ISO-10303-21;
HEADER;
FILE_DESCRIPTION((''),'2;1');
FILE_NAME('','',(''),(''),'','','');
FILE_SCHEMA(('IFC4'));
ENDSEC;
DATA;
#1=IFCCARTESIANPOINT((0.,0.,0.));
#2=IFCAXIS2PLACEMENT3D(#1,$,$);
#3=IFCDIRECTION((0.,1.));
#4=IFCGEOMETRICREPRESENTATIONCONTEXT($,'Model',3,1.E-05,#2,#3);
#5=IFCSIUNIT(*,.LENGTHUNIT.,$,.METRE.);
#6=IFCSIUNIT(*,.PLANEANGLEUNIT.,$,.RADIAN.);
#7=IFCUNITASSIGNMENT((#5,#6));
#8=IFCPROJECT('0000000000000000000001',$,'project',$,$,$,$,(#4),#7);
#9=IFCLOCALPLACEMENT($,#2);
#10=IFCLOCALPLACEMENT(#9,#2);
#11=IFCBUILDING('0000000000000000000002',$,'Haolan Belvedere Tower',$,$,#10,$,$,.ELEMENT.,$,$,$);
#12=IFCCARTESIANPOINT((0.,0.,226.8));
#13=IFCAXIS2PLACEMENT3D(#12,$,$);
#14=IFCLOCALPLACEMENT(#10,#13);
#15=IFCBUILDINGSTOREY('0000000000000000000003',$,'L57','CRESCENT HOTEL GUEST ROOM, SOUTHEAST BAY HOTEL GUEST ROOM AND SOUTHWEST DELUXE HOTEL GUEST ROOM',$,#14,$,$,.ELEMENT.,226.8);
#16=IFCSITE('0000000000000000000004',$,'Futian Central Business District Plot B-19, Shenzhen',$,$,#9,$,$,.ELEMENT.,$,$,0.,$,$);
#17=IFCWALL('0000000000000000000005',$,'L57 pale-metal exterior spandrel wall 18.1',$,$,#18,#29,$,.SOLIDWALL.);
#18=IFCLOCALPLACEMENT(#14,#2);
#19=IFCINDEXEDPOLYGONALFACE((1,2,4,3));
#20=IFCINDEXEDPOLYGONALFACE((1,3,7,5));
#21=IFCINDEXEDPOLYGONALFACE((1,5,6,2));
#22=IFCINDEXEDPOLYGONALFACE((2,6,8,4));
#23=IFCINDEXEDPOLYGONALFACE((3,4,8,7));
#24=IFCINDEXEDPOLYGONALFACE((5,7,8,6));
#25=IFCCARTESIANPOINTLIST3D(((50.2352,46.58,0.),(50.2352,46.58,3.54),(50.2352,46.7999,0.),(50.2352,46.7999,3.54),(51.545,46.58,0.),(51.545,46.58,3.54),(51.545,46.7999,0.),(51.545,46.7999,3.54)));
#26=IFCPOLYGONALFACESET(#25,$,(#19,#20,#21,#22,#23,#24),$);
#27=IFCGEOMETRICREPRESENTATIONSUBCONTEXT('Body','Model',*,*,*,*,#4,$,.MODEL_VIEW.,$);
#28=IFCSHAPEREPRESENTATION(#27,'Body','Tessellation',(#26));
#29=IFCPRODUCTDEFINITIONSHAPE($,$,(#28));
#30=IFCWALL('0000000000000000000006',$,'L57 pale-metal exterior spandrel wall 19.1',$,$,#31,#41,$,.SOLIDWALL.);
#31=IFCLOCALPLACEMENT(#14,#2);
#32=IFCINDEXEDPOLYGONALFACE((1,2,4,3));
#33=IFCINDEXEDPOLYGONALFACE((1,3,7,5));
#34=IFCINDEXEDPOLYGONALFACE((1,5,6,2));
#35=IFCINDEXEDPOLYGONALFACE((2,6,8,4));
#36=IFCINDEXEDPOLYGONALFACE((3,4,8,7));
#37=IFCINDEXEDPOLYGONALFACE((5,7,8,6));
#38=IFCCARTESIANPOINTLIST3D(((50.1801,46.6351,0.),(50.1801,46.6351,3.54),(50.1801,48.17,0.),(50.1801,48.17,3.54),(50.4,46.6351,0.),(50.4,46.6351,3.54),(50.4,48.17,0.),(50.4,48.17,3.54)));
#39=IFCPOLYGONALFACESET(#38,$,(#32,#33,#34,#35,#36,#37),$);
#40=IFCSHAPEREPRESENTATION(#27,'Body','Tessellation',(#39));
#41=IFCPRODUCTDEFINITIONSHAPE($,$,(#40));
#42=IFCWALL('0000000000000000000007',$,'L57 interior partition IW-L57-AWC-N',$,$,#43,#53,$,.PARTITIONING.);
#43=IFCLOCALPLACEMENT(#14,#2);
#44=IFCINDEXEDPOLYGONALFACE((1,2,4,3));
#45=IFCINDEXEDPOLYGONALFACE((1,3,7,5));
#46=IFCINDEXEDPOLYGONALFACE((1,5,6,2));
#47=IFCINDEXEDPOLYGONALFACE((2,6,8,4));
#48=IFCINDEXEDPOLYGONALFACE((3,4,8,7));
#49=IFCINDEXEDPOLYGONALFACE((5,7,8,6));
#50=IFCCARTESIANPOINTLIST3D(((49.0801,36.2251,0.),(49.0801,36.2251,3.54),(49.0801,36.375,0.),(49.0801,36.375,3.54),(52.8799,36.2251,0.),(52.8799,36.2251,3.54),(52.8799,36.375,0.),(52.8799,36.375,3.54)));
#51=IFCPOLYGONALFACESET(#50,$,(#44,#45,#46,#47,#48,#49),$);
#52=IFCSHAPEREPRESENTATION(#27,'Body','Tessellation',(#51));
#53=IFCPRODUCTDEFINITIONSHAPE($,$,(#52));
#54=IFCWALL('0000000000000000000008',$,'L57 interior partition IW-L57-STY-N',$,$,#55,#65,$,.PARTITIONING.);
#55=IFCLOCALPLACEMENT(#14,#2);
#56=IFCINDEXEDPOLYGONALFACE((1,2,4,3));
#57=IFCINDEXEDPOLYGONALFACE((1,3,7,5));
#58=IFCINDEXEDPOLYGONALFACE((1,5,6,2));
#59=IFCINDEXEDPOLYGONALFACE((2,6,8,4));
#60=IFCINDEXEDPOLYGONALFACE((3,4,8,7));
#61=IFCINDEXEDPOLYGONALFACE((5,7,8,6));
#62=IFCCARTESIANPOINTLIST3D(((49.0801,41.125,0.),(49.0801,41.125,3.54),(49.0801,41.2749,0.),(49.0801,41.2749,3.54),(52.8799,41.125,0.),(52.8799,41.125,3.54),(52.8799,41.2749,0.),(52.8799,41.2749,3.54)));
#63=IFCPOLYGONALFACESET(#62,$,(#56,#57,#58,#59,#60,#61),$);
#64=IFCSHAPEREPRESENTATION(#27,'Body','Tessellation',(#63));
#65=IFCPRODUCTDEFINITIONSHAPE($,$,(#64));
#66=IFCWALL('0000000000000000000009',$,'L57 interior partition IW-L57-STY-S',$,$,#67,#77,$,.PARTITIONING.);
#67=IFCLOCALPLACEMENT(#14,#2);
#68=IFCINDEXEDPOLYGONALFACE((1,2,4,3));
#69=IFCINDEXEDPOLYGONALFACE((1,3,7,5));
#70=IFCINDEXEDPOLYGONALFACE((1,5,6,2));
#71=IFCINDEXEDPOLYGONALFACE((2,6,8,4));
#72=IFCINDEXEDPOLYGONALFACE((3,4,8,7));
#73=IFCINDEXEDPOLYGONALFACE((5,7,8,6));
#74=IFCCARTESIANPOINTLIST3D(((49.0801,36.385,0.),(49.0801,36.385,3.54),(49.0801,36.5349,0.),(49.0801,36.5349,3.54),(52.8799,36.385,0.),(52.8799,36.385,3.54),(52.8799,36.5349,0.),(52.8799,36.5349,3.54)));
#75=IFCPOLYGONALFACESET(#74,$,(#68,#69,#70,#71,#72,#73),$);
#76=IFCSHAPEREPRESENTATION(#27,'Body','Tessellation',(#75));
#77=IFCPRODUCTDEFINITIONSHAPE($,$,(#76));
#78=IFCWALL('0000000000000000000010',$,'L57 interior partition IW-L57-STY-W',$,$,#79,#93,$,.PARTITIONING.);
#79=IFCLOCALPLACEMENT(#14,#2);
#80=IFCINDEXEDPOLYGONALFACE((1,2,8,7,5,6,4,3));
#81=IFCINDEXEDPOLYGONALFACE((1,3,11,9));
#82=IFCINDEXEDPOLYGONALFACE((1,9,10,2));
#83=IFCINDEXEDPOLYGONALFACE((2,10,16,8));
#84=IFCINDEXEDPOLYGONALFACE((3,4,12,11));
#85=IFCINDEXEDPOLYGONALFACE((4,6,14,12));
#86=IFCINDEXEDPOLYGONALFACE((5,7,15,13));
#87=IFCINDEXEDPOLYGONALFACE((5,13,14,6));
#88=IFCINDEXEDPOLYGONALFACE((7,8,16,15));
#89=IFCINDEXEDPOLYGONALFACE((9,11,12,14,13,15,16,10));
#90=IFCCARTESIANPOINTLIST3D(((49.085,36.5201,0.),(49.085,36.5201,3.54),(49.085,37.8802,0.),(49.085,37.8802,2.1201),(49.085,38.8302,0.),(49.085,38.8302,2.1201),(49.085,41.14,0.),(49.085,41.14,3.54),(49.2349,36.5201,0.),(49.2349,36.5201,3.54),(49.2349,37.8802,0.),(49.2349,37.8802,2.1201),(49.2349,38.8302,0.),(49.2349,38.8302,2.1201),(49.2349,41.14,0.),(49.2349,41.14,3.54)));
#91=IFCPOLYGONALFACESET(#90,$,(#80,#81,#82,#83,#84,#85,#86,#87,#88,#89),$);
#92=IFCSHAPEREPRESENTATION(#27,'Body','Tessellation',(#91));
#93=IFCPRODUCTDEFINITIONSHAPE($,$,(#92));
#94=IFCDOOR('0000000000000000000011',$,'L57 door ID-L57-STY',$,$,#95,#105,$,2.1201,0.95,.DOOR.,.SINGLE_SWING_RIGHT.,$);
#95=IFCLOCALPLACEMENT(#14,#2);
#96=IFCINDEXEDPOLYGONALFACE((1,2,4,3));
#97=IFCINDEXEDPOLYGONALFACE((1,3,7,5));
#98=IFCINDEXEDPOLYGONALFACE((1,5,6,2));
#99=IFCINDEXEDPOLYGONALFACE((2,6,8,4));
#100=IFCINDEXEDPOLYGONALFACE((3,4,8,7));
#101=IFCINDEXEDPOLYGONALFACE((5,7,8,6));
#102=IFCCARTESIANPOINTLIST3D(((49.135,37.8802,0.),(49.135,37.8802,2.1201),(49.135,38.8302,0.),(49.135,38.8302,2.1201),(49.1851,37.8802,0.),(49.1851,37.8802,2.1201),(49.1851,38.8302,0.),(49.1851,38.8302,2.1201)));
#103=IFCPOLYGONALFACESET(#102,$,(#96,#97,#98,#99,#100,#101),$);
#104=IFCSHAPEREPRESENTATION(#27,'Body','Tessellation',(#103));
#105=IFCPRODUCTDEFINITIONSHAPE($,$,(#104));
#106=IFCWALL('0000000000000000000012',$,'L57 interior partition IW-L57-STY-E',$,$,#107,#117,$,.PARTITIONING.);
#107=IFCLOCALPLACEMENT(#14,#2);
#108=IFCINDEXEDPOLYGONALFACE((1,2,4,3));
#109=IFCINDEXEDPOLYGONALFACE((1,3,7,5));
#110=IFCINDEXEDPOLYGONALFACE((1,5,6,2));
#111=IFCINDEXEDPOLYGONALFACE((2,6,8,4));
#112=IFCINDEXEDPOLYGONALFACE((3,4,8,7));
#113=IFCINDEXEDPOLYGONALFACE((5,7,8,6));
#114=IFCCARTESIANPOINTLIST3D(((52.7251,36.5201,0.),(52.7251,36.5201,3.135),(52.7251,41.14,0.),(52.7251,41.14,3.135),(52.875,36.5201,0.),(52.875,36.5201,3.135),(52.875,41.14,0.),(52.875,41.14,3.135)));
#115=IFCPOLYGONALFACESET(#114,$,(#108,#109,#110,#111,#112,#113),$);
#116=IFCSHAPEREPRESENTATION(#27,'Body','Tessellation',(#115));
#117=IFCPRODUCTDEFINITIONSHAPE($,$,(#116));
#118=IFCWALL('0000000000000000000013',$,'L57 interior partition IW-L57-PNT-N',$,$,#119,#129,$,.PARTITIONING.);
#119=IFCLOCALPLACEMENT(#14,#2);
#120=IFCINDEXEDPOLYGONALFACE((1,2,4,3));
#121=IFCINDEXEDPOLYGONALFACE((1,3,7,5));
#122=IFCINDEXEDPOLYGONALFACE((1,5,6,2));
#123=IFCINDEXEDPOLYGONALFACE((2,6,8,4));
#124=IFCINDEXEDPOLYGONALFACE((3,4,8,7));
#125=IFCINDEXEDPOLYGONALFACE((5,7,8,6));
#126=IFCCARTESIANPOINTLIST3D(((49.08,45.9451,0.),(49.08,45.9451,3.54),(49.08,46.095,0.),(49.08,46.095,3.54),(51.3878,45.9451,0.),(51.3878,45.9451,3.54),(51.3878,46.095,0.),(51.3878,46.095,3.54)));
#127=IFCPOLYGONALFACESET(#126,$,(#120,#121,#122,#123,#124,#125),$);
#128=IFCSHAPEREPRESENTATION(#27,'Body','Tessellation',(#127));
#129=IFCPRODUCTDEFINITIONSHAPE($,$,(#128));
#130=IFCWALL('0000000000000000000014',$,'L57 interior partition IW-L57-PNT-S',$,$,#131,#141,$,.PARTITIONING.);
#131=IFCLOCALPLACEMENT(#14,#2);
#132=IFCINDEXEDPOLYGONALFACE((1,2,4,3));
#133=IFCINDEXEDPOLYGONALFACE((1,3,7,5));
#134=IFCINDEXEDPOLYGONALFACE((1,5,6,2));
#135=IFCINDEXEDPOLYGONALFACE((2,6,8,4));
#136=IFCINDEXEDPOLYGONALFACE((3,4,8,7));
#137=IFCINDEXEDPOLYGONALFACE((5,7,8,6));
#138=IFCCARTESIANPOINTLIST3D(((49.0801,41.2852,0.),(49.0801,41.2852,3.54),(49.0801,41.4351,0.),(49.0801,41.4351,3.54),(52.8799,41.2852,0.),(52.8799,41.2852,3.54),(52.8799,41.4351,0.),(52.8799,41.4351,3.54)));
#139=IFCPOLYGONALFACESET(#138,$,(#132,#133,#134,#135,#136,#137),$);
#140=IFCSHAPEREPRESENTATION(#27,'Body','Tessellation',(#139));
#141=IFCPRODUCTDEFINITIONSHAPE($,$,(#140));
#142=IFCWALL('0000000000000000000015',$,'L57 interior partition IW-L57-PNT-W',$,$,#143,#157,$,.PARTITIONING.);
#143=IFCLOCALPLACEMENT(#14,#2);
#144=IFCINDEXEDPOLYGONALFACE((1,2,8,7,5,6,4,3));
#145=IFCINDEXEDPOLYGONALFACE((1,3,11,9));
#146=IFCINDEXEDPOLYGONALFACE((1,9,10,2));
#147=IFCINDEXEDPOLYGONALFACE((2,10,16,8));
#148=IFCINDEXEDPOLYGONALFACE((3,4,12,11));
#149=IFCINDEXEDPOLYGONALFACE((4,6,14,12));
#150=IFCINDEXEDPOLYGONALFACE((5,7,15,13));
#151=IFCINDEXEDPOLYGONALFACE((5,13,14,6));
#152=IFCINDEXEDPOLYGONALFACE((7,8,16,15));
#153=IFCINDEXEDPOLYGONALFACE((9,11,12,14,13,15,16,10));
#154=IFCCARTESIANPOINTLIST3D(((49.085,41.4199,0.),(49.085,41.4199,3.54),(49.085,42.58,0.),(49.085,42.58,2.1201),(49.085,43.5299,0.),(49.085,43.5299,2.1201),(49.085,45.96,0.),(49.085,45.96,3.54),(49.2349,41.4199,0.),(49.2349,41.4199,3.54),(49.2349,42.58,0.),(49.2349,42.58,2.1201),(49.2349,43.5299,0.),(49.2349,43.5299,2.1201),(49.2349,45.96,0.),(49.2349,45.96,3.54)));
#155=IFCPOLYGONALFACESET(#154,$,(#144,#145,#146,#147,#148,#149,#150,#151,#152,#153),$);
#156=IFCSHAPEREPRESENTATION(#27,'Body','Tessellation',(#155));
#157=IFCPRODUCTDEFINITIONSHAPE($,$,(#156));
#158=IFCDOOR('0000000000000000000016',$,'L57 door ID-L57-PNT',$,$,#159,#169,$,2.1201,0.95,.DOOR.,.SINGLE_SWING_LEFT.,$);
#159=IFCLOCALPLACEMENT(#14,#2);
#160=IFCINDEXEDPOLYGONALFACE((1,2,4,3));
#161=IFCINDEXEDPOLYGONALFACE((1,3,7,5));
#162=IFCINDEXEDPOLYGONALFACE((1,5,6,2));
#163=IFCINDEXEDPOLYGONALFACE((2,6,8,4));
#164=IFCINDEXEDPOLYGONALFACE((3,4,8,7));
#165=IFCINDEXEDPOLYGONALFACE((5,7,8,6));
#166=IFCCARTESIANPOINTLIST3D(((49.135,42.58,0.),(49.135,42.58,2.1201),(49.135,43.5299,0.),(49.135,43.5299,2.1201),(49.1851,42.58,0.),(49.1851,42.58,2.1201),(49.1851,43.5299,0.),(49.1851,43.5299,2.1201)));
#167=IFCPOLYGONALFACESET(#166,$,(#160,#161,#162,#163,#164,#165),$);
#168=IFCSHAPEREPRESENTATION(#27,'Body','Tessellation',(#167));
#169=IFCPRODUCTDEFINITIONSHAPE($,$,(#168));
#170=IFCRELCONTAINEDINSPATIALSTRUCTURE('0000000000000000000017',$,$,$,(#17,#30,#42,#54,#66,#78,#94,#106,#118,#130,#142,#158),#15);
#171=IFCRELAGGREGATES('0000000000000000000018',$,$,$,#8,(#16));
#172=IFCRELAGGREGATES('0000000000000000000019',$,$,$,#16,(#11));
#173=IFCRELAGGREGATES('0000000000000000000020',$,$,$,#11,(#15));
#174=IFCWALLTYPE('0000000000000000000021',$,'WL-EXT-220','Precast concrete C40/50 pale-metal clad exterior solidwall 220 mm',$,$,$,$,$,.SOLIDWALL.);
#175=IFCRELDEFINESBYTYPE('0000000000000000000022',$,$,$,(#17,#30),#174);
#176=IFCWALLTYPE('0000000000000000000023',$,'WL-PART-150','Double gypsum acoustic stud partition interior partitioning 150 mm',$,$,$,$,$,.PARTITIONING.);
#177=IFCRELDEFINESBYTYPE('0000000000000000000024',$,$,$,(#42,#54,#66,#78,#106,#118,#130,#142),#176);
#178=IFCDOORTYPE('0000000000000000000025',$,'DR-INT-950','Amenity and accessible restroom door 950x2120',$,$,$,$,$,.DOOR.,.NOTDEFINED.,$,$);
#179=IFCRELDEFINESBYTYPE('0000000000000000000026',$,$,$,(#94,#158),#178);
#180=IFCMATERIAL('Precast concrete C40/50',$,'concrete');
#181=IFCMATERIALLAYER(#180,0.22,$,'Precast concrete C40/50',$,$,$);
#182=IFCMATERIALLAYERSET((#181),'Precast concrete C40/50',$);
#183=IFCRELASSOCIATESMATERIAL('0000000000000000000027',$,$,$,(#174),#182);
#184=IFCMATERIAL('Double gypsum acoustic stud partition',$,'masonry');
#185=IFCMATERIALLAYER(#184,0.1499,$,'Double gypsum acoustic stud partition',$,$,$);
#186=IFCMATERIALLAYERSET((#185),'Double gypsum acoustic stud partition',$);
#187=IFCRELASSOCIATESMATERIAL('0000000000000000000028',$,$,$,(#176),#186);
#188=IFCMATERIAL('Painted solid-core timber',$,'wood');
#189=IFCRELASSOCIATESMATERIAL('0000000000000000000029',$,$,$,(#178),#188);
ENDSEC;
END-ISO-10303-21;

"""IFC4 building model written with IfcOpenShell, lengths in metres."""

from ifc_helpers import new_model, si_unit, direction, frame, frame_2d, origin, place, context, subcontext, project, spatial, rectangle, extrude, material, layer, layer_set, type_object, element, fill, save


model = new_model("IFC4")

# Units and contexts
model_context = context("Model", 3, precision=1e-05, world=origin(), true_north=direction((0.0, 1.0)))
body_context = subcontext(model_context, "Body", "Model", "MODEL_VIEW")
ifc_project = project(units=[si_unit("LENGTHUNIT", "METRE"), si_unit("PLANEANGLEUNIT", "RADIAN")], contexts=[model_context])

# Site, building, storey
site_placement = place(None, origin())
site = spatial("IfcSite", under=ifc_project, at=site_placement, Name="Futian Central Business District Plot B-19, Shenzhen", CompositionType="ELEMENT", RefElevation=0.0)
building_placement = place(site_placement, origin())
building = spatial("IfcBuilding", under=site, at=building_placement, Name="Haolan Belvedere Tower", CompositionType="ELEMENT")
storey_placement = place(building_placement, frame((0.0, 0.0, 226.8)))
storey = spatial("IfcBuildingStorey", under=building, at=storey_placement, Name="L57", Description="CRESCENT HOTEL GUEST ROOM, SOUTHEAST BAY HOTEL GUEST ROOM AND SOUTHWEST DELUXE HOTEL GUEST ROOM", CompositionType="ELEMENT", Elevation=226.8)

# Walls
ifc_material_1 = material(Name="Precast concrete C40/50", Category="concrete")
ifc_layer_1 = layer(ifc_material_1, 0.22, Name="Precast concrete C40/50")
ifc_layer_set_1 = layer_set([ifc_layer_1], Name="Precast concrete C40/50")
wall_type_1 = type_object("IfcWallType", Name="WL-EXT-220", Description="Precast concrete C40/50 pale-metal clad exterior solidwall 220 mm", PredefinedType="SOLIDWALL", material=ifc_layer_set_1)
wall_1_placement = place(storey_placement, frame((51.5449, 46.6899, 0.0), z_axis=(0.0, 0.0, 1.0), x_axis=(-1.0, 0.0, 0.0)))
element("IfcWall", 1, at=wall_1_placement, inside=storey, type_object=wall_type_1, Name="L57 pale-metal exterior spandrel wall 18.1", PredefinedType="SOLIDWALL", context=body_context, shape_type="SweptSolid", body=[
    extrude(rectangle(XDim=1.3098, YDim=0.22, at=frame_2d((0.6548, 0.0))), origin(), (0.0, 0.0, 1.0), 3.54),
])
wall_2_placement = place(storey_placement, frame((50.29, 46.635, 0.0), z_axis=(0.0, 0.0, 1.0), x_axis=(0.0, 1.0, 0.0)))
element("IfcWall", 2, at=wall_2_placement, inside=storey, type_object=wall_type_1, Name="L57 pale-metal exterior spandrel wall 19.1", PredefinedType="SOLIDWALL", context=body_context, shape_type="SweptSolid", body=[
    extrude(rectangle(XDim=1.5349, YDim=0.22, at=frame_2d((0.7676, 0.0))), origin(), (0.0, 0.0, 1.0), 3.54),
])
ifc_material_2 = material(Name="Double gypsum acoustic stud partition", Category="masonry")
ifc_layer_2 = layer(ifc_material_2, 0.1499, Name="Double gypsum acoustic stud partition")
ifc_layer_set_2 = layer_set([ifc_layer_2], Name="Double gypsum acoustic stud partition")
wall_type_2 = type_object("IfcWallType", Name="WL-PART-150", Description="Double gypsum acoustic stud partition interior partitioning 150 mm", PredefinedType="PARTITIONING", material=ifc_layer_set_2)
for number, where, z_axis, x_axis, name in (
    (3, (49.0801, 36.3, 0.0), (0.0, 0.0, 1.0), (1.0, 0.0, 0.0), "L57 interior partition IW-L57-AWC-N"),
    (4, (49.0801, 41.2, 0.0), (0.0, 0.0, 1.0), (1.0, 0.0, 0.0), "L57 interior partition IW-L57-STY-N"),
    (5, (49.0801, 36.46, 0.0), (0.0, 0.0, 1.0), (1.0, 0.0, 0.0), "L57 interior partition IW-L57-STY-S"),
):
    element("IfcWall", number, at=place(storey_placement, frame(where, z_axis=z_axis, x_axis=x_axis)), inside=storey, type_object=wall_type_2, Name=name, PredefinedType="PARTITIONING", context=body_context, shape_type="SweptSolid", body=[
        extrude(rectangle(XDim=3.7998, YDim=0.1499, at=frame_2d((1.8999, 0.0))), origin(), (0.0, 0.0, 1.0), 3.54),
    ])

# Wall, opening, door
wall_3_placement = place(storey_placement, frame((49.1599, 36.52, 0.0), z_axis=(0.0, 0.0, 1.0), x_axis=(0.0, 1.0, 0.0)))
wall_3 = element("IfcWall", 6, at=wall_3_placement, inside=storey, type_object=wall_type_2, Name="L57 interior partition IW-L57-STY-W", PredefinedType="PARTITIONING", context=body_context, shape_type="SweptSolid", body=[
    extrude(rectangle(XDim=4.6199, YDim=0.1499, at=frame_2d((2.3101, 0.0))), origin(), (0.0, 0.0, 1.0), 3.54),
])
opening_1_placement = place(wall_3_placement, frame((1.3601, 0.0, 0.0)))
opening_1 = element("IfcOpeningElement", 7, at=opening_1_placement, cuts=wall_3, PredefinedType="OPENING", context=body_context, shape_type="SweptSolid", body=[
    extrude(rectangle(XDim=0.95, YDim=2.1201, at=frame_2d((0.4751, 1.0601))), frame((0.0, 0.085, 0.0), z_axis=(0.0, -1.0, 0.0), x_axis=(1.0, 0.0, 0.0)), (0.0, 0.0, 1.0), 0.1699),
])
ifc_material_3 = material(Name="Painted solid-core timber", Category="wood")
door_type = type_object("IfcDoorType", Name="DR-INT-950", Description="Amenity and accessible restroom door 950x2120", OperationType="NOTDEFINED", PredefinedType="DOOR", material=ifc_material_3)
door_1_placement = place(opening_1_placement, origin())
door_1 = element("IfcDoor", 8, at=door_1_placement, inside=storey, type_object=door_type, Name="L57 door ID-L57-STY", OperationType="SINGLE_SWING_RIGHT", OverallHeight=2.1201, OverallWidth=0.95, PredefinedType="DOOR", context=body_context, shape_type="SweptSolid", body=[
    extrude(rectangle(XDim=0.95, YDim=2.1201, at=frame_2d((0.4751, 1.0601))), frame((0.0, 0.0249, 0.0), z_axis=(0.0, -1.0, 0.0), x_axis=(1.0, 0.0, 0.0)), (0.0, 0.0, 1.0), 0.05),
])
fill(opening_1, door_1)

# Walls
wall_4_placement = place(storey_placement, frame((52.8, 36.52, 0.0), z_axis=(0.0, 0.0, 1.0), x_axis=(0.0, 1.0, 0.0)))
element("IfcWall", 9, at=wall_4_placement, inside=storey, type_object=wall_type_2, Name="L57 interior partition IW-L57-STY-E", PredefinedType="PARTITIONING", context=body_context, shape_type="SweptSolid", body=[
    extrude(rectangle(XDim=4.6199, YDim=0.1499, at=frame_2d((2.3101, 0.0))), origin(), (0.0, 0.0, 1.0), 3.135),
])
wall_5_placement = place(storey_placement, frame((49.0801, 46.02, 0.0), z_axis=(0.0, 0.0, 1.0), x_axis=(1.0, 0.0, 0.0)))
element("IfcWall", 10, at=wall_5_placement, inside=storey, type_object=wall_type_2, Name="L57 interior partition IW-L57-PNT-N", PredefinedType="PARTITIONING", context=body_context, shape_type="SweptSolid", body=[
    extrude(rectangle(XDim=2.3079, YDim=0.1499, at=frame_2d((1.1538, 0.0))), origin(), (0.0, 0.0, 1.0), 3.54),
])
wall_6_placement = place(storey_placement, frame((49.0801, 41.3601, 0.0), z_axis=(0.0, 0.0, 1.0), x_axis=(1.0, 0.0, 0.0)))
element("IfcWall", 11, at=wall_6_placement, inside=storey, type_object=wall_type_2, Name="L57 interior partition IW-L57-PNT-S", PredefinedType="PARTITIONING", context=body_context, shape_type="SweptSolid", body=[
    extrude(rectangle(XDim=3.7998, YDim=0.1499, at=frame_2d((1.8999, 0.0))), origin(), (0.0, 0.0, 1.0), 3.54),
])

# Wall, opening, door
wall_7_placement = place(storey_placement, frame((49.1599, 41.4199, 0.0), z_axis=(0.0, 0.0, 1.0), x_axis=(0.0, 1.0, 0.0)))
wall_7 = element("IfcWall", 12, at=wall_7_placement, inside=storey, type_object=wall_type_2, Name="L57 interior partition IW-L57-PNT-W", PredefinedType="PARTITIONING", context=body_context, shape_type="SweptSolid", body=[
    extrude(rectangle(XDim=4.54, YDim=0.1499, at=frame_2d((2.27, 0.0))), origin(), (0.0, 0.0, 1.0), 3.54),
])
opening_2_placement = place(wall_7_placement, frame((1.1599, 0.0, 0.0)))
opening_2 = element("IfcOpeningElement", 13, at=opening_2_placement, cuts=wall_7, PredefinedType="OPENING", context=body_context, shape_type="SweptSolid", body=[
    extrude(rectangle(XDim=0.95, YDim=2.1201, at=frame_2d((0.4751, 1.0601))), frame((0.0, 0.085, 0.0), z_axis=(0.0, -1.0, 0.0), x_axis=(1.0, 0.0, 0.0)), (0.0, 0.0, 1.0), 0.1699),
])
door_2_placement = place(opening_2_placement, origin())
door_2 = element("IfcDoor", 14, at=door_2_placement, inside=storey, type_object=door_type, Name="L57 door ID-L57-PNT", OperationType="SINGLE_SWING_LEFT", OverallHeight=2.1201, OverallWidth=0.95, PredefinedType="DOOR", context=body_context, shape_type="SweptSolid", body=[
    extrude(rectangle(XDim=0.95, YDim=2.1201, at=frame_2d((0.4751, 1.0601))), frame((0.0, 0.0249, 0.0), z_axis=(0.0, -1.0, 0.0), x_axis=(1.0, 0.0, 0.0)), (0.0, 0.0, 1.0), 0.05),
])
fill(opening_2, door_2)

save(model, "model.ifc")
